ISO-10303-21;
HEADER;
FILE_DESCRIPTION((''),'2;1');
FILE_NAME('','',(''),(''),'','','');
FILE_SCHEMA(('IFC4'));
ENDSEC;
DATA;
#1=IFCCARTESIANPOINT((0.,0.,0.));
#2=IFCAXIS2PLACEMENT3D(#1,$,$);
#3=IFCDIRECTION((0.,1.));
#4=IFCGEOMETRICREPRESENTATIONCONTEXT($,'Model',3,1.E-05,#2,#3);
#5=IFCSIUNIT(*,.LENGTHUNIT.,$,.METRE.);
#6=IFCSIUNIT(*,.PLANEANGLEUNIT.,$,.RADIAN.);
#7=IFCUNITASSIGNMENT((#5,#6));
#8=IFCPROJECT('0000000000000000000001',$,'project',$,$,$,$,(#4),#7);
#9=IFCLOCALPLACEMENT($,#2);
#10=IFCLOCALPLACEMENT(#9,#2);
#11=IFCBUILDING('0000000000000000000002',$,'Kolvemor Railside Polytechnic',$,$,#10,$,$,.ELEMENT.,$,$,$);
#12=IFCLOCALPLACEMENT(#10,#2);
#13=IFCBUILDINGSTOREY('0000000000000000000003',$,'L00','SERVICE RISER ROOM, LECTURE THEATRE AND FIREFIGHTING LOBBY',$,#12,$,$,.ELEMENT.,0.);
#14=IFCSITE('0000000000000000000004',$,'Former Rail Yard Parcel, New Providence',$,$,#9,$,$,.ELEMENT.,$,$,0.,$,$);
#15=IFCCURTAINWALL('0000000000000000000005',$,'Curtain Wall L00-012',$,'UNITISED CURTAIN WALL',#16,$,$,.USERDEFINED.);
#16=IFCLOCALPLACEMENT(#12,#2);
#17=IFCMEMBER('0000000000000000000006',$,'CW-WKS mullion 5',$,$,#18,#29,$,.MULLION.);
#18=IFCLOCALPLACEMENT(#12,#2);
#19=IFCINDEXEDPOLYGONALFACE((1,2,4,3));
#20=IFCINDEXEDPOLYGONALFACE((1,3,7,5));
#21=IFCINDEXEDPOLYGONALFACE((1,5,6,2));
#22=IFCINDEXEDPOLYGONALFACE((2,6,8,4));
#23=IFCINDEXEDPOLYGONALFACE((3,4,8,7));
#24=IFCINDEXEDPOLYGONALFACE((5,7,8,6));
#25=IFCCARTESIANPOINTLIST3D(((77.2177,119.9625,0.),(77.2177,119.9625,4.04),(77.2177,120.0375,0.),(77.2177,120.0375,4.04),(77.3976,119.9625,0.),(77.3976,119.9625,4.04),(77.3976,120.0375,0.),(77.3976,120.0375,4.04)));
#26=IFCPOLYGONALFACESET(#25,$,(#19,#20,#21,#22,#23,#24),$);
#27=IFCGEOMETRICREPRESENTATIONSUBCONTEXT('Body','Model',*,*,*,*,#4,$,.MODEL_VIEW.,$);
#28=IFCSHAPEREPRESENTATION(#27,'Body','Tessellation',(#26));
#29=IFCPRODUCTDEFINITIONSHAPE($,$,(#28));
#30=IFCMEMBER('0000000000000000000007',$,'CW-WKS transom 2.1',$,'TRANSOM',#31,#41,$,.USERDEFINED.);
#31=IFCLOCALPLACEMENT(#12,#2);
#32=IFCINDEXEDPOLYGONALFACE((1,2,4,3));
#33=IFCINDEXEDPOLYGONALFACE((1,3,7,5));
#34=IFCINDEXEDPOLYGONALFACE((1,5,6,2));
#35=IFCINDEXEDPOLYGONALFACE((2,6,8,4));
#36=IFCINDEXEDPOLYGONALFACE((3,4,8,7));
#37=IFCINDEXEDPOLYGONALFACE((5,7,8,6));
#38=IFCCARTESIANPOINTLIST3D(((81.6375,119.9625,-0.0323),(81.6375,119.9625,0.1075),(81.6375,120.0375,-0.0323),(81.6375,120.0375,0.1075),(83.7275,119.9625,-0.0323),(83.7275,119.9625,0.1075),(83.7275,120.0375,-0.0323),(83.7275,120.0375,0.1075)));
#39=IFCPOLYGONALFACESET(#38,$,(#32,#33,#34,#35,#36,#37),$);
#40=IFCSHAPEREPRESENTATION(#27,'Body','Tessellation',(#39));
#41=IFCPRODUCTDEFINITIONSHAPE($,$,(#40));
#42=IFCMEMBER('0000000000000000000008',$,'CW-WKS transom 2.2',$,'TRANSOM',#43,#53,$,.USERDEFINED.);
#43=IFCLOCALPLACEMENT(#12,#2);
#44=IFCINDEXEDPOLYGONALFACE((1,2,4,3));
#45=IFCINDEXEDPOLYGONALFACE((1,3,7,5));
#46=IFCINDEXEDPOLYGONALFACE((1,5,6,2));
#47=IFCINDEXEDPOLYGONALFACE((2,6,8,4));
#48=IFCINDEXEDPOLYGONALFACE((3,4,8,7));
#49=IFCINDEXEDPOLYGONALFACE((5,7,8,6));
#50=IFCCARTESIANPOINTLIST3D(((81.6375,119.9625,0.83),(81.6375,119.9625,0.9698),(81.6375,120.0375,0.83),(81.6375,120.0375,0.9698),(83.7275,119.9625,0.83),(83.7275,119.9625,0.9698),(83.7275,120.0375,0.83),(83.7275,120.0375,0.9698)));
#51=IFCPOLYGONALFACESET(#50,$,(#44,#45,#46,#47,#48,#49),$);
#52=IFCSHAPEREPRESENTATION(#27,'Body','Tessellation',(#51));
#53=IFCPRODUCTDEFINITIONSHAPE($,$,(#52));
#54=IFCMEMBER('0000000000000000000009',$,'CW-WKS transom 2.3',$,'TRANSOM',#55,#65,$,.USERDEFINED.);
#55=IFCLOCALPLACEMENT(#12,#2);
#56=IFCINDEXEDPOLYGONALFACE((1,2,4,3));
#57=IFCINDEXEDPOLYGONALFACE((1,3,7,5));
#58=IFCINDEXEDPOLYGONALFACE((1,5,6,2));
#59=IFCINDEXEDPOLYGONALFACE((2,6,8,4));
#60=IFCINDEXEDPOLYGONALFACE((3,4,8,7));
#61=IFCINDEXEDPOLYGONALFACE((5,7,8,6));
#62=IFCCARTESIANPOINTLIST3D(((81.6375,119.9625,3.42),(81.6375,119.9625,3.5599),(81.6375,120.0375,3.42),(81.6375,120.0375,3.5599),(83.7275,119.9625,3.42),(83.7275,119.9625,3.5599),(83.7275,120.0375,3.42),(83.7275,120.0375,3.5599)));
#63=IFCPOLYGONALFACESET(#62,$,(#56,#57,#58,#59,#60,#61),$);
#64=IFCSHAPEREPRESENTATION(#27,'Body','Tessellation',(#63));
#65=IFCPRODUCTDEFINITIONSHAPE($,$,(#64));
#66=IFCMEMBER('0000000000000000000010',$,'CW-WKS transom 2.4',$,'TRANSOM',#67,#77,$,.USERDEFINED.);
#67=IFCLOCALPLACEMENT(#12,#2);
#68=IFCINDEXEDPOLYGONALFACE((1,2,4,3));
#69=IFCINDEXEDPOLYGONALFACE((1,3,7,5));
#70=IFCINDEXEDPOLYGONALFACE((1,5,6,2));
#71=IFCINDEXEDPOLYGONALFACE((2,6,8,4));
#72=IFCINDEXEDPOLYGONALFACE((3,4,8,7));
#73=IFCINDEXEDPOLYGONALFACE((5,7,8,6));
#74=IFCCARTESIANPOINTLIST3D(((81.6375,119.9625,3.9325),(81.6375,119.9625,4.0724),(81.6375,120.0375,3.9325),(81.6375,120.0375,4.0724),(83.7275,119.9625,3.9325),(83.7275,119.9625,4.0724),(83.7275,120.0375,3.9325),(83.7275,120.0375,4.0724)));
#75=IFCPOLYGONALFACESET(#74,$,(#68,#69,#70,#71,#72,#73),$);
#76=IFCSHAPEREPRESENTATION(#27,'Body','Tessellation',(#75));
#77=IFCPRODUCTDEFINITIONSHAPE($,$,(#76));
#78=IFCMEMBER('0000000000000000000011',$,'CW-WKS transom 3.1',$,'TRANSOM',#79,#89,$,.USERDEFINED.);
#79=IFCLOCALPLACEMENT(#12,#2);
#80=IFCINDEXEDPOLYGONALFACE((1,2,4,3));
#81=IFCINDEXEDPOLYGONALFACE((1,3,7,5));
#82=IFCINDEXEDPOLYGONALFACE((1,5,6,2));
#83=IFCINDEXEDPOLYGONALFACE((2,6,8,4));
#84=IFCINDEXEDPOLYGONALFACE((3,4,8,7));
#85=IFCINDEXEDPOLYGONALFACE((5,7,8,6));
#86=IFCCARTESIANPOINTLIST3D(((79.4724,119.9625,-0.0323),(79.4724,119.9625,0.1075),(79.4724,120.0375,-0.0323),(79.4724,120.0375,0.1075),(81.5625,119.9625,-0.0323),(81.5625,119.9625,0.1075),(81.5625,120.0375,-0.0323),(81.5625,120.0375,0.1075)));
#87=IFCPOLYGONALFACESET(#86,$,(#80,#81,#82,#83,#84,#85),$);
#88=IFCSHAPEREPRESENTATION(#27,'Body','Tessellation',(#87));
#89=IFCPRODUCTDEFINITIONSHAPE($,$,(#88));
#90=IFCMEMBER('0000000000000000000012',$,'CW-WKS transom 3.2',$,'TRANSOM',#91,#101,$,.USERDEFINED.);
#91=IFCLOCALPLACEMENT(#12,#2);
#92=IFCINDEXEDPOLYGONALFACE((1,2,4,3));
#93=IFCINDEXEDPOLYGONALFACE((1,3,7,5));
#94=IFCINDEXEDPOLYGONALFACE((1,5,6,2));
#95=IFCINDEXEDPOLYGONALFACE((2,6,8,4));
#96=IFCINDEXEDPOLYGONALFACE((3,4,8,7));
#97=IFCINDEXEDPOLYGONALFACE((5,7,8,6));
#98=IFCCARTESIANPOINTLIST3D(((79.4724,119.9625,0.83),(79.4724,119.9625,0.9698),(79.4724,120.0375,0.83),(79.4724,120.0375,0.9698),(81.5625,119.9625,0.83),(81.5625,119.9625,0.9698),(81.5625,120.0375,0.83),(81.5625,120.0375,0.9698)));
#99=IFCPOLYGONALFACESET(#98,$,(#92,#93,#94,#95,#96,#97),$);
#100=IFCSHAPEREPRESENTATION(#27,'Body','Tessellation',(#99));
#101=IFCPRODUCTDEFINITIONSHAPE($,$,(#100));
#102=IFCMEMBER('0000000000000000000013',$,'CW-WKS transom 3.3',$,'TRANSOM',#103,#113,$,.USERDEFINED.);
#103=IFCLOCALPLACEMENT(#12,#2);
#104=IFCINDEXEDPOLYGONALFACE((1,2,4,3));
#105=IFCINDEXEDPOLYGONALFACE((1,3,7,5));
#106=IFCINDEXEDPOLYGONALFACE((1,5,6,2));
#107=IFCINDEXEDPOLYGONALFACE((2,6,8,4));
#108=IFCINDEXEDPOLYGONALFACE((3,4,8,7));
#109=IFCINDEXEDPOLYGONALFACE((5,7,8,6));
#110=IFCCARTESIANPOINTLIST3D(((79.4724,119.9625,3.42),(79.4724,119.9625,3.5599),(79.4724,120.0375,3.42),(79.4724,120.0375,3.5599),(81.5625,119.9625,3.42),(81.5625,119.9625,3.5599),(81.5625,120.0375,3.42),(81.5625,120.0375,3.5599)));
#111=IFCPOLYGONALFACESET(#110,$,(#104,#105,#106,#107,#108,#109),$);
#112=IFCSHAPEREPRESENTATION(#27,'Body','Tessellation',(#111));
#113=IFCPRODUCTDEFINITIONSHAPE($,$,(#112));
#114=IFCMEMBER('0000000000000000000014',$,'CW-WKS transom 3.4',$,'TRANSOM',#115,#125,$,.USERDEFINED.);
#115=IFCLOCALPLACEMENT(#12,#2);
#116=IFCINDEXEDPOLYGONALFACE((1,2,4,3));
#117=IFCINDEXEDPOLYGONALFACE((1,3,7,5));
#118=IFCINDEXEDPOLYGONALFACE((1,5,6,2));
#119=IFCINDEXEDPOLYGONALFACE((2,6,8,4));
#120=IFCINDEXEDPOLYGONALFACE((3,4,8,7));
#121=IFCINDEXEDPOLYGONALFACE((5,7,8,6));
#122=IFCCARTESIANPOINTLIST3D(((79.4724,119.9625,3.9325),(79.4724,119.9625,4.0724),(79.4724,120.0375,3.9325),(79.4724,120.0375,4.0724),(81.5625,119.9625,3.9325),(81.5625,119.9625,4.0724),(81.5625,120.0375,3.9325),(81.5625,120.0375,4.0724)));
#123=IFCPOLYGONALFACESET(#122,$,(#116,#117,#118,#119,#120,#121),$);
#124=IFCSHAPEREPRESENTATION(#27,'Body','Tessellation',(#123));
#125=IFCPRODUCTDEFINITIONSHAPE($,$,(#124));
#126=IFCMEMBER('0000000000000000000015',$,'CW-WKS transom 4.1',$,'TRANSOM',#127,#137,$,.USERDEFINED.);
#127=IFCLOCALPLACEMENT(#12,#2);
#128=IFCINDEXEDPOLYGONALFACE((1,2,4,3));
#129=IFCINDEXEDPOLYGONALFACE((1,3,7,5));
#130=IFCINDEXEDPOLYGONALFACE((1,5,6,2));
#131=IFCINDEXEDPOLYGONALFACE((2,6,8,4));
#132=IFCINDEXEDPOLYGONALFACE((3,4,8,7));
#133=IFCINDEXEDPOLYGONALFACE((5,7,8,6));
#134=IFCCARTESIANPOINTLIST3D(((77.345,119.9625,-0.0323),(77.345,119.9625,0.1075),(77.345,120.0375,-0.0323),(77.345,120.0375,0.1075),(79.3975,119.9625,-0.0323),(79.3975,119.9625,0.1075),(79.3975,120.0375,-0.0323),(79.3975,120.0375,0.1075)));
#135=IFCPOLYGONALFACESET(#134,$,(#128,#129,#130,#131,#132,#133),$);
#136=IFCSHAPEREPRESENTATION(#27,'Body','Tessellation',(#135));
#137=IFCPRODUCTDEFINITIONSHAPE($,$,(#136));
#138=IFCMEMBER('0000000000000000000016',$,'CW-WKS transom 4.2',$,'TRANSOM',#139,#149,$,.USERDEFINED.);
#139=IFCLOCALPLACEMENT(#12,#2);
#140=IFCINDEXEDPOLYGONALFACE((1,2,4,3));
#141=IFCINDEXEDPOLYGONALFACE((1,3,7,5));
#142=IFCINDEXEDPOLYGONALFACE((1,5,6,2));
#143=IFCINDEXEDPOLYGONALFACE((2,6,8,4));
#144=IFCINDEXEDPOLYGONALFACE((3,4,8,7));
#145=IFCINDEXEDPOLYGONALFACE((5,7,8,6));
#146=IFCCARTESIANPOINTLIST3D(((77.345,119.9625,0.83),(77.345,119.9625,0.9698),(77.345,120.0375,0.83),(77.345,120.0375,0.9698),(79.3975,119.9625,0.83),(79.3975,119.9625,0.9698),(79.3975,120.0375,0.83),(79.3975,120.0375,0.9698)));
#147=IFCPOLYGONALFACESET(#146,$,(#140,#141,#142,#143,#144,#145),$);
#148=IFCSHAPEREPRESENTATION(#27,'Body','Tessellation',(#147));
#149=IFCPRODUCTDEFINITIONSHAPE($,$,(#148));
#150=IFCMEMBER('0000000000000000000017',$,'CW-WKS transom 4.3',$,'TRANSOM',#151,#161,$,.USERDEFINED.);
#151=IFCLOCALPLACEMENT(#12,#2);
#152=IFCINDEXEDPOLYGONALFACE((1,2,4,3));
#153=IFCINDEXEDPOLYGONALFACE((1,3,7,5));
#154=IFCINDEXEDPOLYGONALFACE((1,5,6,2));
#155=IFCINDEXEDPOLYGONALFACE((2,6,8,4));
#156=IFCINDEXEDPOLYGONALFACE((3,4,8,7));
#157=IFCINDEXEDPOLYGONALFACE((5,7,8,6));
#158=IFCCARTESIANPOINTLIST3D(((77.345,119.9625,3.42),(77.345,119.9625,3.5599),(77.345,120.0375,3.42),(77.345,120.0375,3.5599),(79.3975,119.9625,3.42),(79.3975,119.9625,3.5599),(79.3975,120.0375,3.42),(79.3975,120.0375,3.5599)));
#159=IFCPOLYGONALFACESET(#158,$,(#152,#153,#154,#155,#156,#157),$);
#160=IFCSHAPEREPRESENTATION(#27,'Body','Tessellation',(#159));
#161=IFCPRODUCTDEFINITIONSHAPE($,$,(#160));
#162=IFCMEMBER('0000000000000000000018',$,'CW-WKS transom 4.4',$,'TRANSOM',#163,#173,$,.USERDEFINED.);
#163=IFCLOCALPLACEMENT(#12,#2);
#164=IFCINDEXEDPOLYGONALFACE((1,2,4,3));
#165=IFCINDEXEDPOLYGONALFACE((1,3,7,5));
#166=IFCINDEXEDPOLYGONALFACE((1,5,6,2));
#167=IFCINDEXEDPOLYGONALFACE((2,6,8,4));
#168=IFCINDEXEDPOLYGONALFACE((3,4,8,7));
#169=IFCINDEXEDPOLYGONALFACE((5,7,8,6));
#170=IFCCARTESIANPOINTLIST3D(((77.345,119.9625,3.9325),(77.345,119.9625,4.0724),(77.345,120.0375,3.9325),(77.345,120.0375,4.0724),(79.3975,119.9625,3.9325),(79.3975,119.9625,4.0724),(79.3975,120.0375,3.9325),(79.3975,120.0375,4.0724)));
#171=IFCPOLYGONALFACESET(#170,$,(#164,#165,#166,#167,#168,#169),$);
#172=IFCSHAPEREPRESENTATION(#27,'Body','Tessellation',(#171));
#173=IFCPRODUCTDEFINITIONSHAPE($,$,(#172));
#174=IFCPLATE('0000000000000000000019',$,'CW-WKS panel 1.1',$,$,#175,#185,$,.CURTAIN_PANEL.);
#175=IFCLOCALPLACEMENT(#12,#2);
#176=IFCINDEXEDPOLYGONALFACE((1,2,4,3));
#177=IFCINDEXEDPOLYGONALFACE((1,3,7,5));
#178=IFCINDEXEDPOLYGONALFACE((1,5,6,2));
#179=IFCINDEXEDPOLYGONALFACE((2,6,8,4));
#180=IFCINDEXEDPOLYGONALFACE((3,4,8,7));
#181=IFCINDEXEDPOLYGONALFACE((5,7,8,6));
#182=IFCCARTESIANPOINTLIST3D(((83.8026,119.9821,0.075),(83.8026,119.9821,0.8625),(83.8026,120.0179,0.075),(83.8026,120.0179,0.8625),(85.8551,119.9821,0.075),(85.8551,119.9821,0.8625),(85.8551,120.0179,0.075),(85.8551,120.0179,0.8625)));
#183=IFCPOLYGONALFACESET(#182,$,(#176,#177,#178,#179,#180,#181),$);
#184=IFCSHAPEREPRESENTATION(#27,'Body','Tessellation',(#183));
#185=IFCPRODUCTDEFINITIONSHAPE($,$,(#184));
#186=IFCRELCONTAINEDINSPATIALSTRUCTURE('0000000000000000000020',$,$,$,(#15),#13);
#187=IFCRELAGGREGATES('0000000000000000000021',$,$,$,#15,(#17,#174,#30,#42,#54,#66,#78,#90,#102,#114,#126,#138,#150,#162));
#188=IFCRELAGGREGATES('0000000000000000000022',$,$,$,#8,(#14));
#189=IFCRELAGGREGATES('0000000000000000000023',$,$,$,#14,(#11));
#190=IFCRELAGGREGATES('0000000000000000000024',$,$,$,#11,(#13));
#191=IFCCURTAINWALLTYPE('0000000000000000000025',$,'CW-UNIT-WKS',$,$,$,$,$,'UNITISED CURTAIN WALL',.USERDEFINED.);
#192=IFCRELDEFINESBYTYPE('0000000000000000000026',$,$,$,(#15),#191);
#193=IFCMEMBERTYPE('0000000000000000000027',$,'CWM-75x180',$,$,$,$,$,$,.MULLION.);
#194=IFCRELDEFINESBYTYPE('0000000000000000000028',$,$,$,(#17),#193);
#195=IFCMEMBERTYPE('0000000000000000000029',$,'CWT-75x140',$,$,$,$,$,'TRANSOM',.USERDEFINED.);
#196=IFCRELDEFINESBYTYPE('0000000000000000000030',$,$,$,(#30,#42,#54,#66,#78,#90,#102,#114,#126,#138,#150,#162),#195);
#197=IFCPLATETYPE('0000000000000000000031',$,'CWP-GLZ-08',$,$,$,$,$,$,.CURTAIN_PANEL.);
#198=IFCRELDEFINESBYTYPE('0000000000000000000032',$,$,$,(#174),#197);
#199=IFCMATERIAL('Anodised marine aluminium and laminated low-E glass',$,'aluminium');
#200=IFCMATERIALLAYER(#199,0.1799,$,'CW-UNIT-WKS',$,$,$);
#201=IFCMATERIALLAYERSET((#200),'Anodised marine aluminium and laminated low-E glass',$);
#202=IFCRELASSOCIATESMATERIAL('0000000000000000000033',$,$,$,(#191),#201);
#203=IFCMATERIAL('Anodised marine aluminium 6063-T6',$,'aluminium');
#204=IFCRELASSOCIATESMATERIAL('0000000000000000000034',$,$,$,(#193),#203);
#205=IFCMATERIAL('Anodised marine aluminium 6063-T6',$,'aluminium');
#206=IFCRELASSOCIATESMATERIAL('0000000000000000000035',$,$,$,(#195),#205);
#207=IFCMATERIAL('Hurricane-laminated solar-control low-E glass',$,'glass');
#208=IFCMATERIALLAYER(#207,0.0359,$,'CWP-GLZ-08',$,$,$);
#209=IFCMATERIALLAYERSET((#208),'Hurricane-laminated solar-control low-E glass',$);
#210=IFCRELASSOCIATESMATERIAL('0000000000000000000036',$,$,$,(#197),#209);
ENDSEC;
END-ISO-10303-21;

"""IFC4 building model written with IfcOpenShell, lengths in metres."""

from ifc_helpers import new_model, si_unit, direction, frame, origin, origin_2d, place, context, subcontext, project, spatial, rectangle, extrude, material, layer, layer_set, material_profile, profile_set, type_object, element, aggregate, save


model = new_model("IFC4")

# Units and contexts
model_context = context("Model", 3, precision=1e-05, world=origin(), true_north=direction((0.0, 1.0)))
body_context = subcontext(model_context, "Body", "Model", "MODEL_VIEW")
ifc_project = project(units=[si_unit("LENGTHUNIT", "METRE"), si_unit("PLANEANGLEUNIT", "RADIAN")], contexts=[model_context])

# Site, building, storey
site_placement = place(None, origin())
site = spatial("IfcSite", under=ifc_project, at=site_placement, Name="Former Rail Yard Parcel, New Providence", CompositionType="ELEMENT", RefElevation=0.0)
building_placement = place(site_placement, origin())
building = spatial("IfcBuilding", under=site, at=building_placement, Name="Kolvemor Railside Polytechnic", CompositionType="ELEMENT")
storey_placement = place(building_placement, origin())
storey = spatial("IfcBuildingStorey", under=building, at=storey_placement, Name="L00", Description="SERVICE RISER ROOM, LECTURE THEATRE AND FIREFIGHTING LOBBY", CompositionType="ELEMENT", Elevation=0.0)

# Curtain wall, members, plate
ifc_material_1 = material(Name="Anodised marine aluminium and laminated low-E glass", Category="aluminium")
ifc_layer_1 = layer(ifc_material_1, 0.1799, Name="CW-UNIT-WKS")
ifc_layer_set_1 = layer_set([ifc_layer_1], Name="Anodised marine aluminium and laminated low-E glass")
curtain_wall_type = type_object("IfcCurtainWallType", Name="CW-UNIT-WKS", ElementType="UNITISED CURTAIN WALL", PredefinedType="USERDEFINED", material=ifc_layer_set_1)
curtain_wall_placement = place(storey_placement, origin())
curtain_wall = element("IfcCurtainWall", 1, at=curtain_wall_placement, inside=storey, type_object=curtain_wall_type, Name="Curtain Wall L00-012", ObjectType="UNITISED CURTAIN WALL", PredefinedType="USERDEFINED")
ifc_material_2 = material(Name="Anodised marine aluminium 6063-T6", Category="aluminium")
ifc_material_profile_1 = material_profile(ifc_material_2, rectangle(XDim=0.075, YDim=0.1799, at=origin_2d()), Name="CW-MUL-75x180")
ifc_profile_set_1 = profile_set([ifc_material_profile_1], Name="Anodised marine aluminium 6063-T6")
member_type_1 = type_object("IfcMemberType", Name="CWM-75x180", PredefinedType="MULLION", material=ifc_profile_set_1)
member_1_placement = place(storey_placement, frame((77.3076, 120.0, 0.0), z_axis=(0.0, 0.0, 1.0), x_axis=(0.0, -1.0, 0.0)))
member_1 = element("IfcMember", 2, at=member_1_placement, type_object=member_type_1, Name="CW-WKS mullion 5", PredefinedType="MULLION", context=body_context, shape_type="SweptSolid", body=[
    extrude(rectangle(XDim=0.075, YDim=0.1799, at=origin_2d()), origin(), (0.0, 0.0, 1.0), 4.04),
])
ifc_material_3 = material(Name="Anodised marine aluminium 6063-T6", Category="aluminium")
ifc_material_profile_2 = material_profile(ifc_material_3, rectangle(XDim=0.075, YDim=0.1399, at=origin_2d()), Name="CW-TRN-75x140")
ifc_profile_set_2 = profile_set([ifc_material_profile_2], Name="Anodised marine aluminium 6063-T6")
member_type_2 = type_object("IfcMemberType", Name="CWT-75x140", ElementType="TRANSOM", PredefinedType="USERDEFINED", material=ifc_profile_set_2)
member_2_placement = place(storey_placement, frame((83.7275, 120.0, 0.0376), z_axis=(-1.0, 0.0, 0.0), x_axis=(0.0, -1.0, 0.0)))
member_2 = element("IfcMember", 3, at=member_2_placement, type_object=member_type_2, Name="CW-WKS transom 2.1", ObjectType="TRANSOM", PredefinedType="USERDEFINED", context=body_context, shape_type="SweptSolid", body=[
    extrude(rectangle(XDim=0.075, YDim=0.1399, at=origin_2d()), origin(), (0.0, 0.0, 1.0), 2.0901),
])
member_3_placement = place(storey_placement, frame((83.7275, 120.0, 0.8999), z_axis=(-1.0, 0.0, 0.0), x_axis=(0.0, -1.0, 0.0)))
member_3 = element("IfcMember", 4, at=member_3_placement, type_object=member_type_2, Name="CW-WKS transom 2.2", ObjectType="TRANSOM", PredefinedType="USERDEFINED", context=body_context, shape_type="SweptSolid", body=[
    extrude(rectangle(XDim=0.075, YDim=0.1399, at=origin_2d()), origin(), (0.0, 0.0, 1.0), 2.0901),
])
member_4_placement = place(storey_placement, frame((83.7275, 120.0, 3.49), z_axis=(-1.0, 0.0, 0.0), x_axis=(0.0, -1.0, 0.0)))
member_4 = element("IfcMember", 5, at=member_4_placement, type_object=member_type_2, Name="CW-WKS transom 2.3", ObjectType="TRANSOM", PredefinedType="USERDEFINED", context=body_context, shape_type="SweptSolid", body=[
    extrude(rectangle(XDim=0.075, YDim=0.1399, at=origin_2d()), origin(), (0.0, 0.0, 1.0), 2.0901),
])
member_5_placement = place(storey_placement, frame((83.7275, 120.0, 4.0024), z_axis=(-1.0, 0.0, 0.0), x_axis=(0.0, -1.0, 0.0)))
member_5 = element("IfcMember", 6, at=member_5_placement, type_object=member_type_2, Name="CW-WKS transom 2.4", ObjectType="TRANSOM", PredefinedType="USERDEFINED", context=body_context, shape_type="SweptSolid", body=[
    extrude(rectangle(XDim=0.075, YDim=0.1399, at=origin_2d()), origin(), (0.0, 0.0, 1.0), 2.0901),
])
member_6_placement = place(storey_placement, frame((81.5625, 120.0, 0.0376), z_axis=(-1.0, 0.0, 0.0), x_axis=(0.0, -1.0, 0.0)))
member_6 = element("IfcMember", 7, at=member_6_placement, type_object=member_type_2, Name="CW-WKS transom 3.1", ObjectType="TRANSOM", PredefinedType="USERDEFINED", context=body_context, shape_type="SweptSolid", body=[
    extrude(rectangle(XDim=0.075, YDim=0.1399, at=origin_2d()), origin(), (0.0, 0.0, 1.0), 2.0901),
])
member_7_placement = place(storey_placement, frame((81.5625, 120.0, 0.8999), z_axis=(-1.0, 0.0, 0.0), x_axis=(0.0, -1.0, 0.0)))
member_7 = element("IfcMember", 8, at=member_7_placement, type_object=member_type_2, Name="CW-WKS transom 3.2", ObjectType="TRANSOM", PredefinedType="USERDEFINED", context=body_context, shape_type="SweptSolid", body=[
    extrude(rectangle(XDim=0.075, YDim=0.1399, at=origin_2d()), origin(), (0.0, 0.0, 1.0), 2.0901),
])
member_8_placement = place(storey_placement, frame((81.5625, 120.0, 3.49), z_axis=(-1.0, 0.0, 0.0), x_axis=(0.0, -1.0, 0.0)))
member_8 = element("IfcMember", 9, at=member_8_placement, type_object=member_type_2, Name="CW-WKS transom 3.3", ObjectType="TRANSOM", PredefinedType="USERDEFINED", context=body_context, shape_type="SweptSolid", body=[
    extrude(rectangle(XDim=0.075, YDim=0.1399, at=origin_2d()), origin(), (0.0, 0.0, 1.0), 2.0901),
])
member_9_placement = place(storey_placement, frame((81.5625, 120.0, 4.0024), z_axis=(-1.0, 0.0, 0.0), x_axis=(0.0, -1.0, 0.0)))
member_9 = element("IfcMember", 10, at=member_9_placement, type_object=member_type_2, Name="CW-WKS transom 3.4", ObjectType="TRANSOM", PredefinedType="USERDEFINED", context=body_context, shape_type="SweptSolid", body=[
    extrude(rectangle(XDim=0.075, YDim=0.1399, at=origin_2d()), origin(), (0.0, 0.0, 1.0), 2.0901),
])
member_10_placement = place(storey_placement, frame((79.3975, 120.0, 0.0376), z_axis=(-1.0, 0.0, 0.0), x_axis=(0.0, -1.0, 0.0)))
member_10 = element("IfcMember", 11, at=member_10_placement, type_object=member_type_2, Name="CW-WKS transom 4.1", ObjectType="TRANSOM", PredefinedType="USERDEFINED", context=body_context, shape_type="SweptSolid", body=[
    extrude(rectangle(XDim=0.075, YDim=0.1399, at=origin_2d()), origin(), (0.0, 0.0, 1.0), 2.0525),
])
member_11_placement = place(storey_placement, frame((79.3975, 120.0, 0.8999), z_axis=(-1.0, 0.0, 0.0), x_axis=(0.0, -1.0, 0.0)))
member_11 = element("IfcMember", 12, at=member_11_placement, type_object=member_type_2, Name="CW-WKS transom 4.2", ObjectType="TRANSOM", PredefinedType="USERDEFINED", context=body_context, shape_type="SweptSolid", body=[
    extrude(rectangle(XDim=0.075, YDim=0.1399, at=origin_2d()), origin(), (0.0, 0.0, 1.0), 2.0525),
])
member_12_placement = place(storey_placement, frame((79.3975, 120.0, 3.49), z_axis=(-1.0, 0.0, 0.0), x_axis=(0.0, -1.0, 0.0)))
member_12 = element("IfcMember", 13, at=member_12_placement, type_object=member_type_2, Name="CW-WKS transom 4.3", ObjectType="TRANSOM", PredefinedType="USERDEFINED", context=body_context, shape_type="SweptSolid", body=[
    extrude(rectangle(XDim=0.075, YDim=0.1399, at=origin_2d()), origin(), (0.0, 0.0, 1.0), 2.0525),
])
member_13_placement = place(storey_placement, frame((79.3975, 120.0, 4.0024), z_axis=(-1.0, 0.0, 0.0), x_axis=(0.0, -1.0, 0.0)))
member_13 = element("IfcMember", 14, at=member_13_placement, type_object=member_type_2, Name="CW-WKS transom 4.4", ObjectType="TRANSOM", PredefinedType="USERDEFINED", context=body_context, shape_type="SweptSolid", body=[
    extrude(rectangle(XDim=0.075, YDim=0.1399, at=origin_2d()), origin(), (0.0, 0.0, 1.0), 2.0525),
])
ifc_material_4 = material(Name="Hurricane-laminated solar-control low-E glass", Category="glass")
ifc_layer_2 = layer(ifc_material_4, 0.0359, Name="CWP-GLZ-08")
ifc_layer_set_2 = layer_set([ifc_layer_2], Name="Hurricane-laminated solar-control low-E glass")
plate_type = type_object("IfcPlateType", Name="CWP-GLZ-08", PredefinedType="CURTAIN_PANEL", material=ifc_layer_set_2)
plate_1_placement = place(storey_placement, frame((84.8289, 120.0, 0.075), z_axis=(0.0, 0.0, 1.0), x_axis=(-1.0, 0.0, 0.0)))
plate_1 = element("IfcPlate", 15, at=plate_1_placement, type_object=plate_type, Name="CW-WKS panel 1.1", PredefinedType="CURTAIN_PANEL", context=body_context, shape_type="SweptSolid", body=[
    extrude(rectangle(XDim=2.0525, YDim=0.0359, at=origin_2d()), origin(), (0.0, 0.0, 1.0), 0.7876),
])
aggregate(curtain_wall, [member_1, plate_1, member_2, member_3, member_4, member_5, member_6, member_7, member_8, member_9, member_10, member_11, member_12, member_13])

save(model, "model.ifc")
